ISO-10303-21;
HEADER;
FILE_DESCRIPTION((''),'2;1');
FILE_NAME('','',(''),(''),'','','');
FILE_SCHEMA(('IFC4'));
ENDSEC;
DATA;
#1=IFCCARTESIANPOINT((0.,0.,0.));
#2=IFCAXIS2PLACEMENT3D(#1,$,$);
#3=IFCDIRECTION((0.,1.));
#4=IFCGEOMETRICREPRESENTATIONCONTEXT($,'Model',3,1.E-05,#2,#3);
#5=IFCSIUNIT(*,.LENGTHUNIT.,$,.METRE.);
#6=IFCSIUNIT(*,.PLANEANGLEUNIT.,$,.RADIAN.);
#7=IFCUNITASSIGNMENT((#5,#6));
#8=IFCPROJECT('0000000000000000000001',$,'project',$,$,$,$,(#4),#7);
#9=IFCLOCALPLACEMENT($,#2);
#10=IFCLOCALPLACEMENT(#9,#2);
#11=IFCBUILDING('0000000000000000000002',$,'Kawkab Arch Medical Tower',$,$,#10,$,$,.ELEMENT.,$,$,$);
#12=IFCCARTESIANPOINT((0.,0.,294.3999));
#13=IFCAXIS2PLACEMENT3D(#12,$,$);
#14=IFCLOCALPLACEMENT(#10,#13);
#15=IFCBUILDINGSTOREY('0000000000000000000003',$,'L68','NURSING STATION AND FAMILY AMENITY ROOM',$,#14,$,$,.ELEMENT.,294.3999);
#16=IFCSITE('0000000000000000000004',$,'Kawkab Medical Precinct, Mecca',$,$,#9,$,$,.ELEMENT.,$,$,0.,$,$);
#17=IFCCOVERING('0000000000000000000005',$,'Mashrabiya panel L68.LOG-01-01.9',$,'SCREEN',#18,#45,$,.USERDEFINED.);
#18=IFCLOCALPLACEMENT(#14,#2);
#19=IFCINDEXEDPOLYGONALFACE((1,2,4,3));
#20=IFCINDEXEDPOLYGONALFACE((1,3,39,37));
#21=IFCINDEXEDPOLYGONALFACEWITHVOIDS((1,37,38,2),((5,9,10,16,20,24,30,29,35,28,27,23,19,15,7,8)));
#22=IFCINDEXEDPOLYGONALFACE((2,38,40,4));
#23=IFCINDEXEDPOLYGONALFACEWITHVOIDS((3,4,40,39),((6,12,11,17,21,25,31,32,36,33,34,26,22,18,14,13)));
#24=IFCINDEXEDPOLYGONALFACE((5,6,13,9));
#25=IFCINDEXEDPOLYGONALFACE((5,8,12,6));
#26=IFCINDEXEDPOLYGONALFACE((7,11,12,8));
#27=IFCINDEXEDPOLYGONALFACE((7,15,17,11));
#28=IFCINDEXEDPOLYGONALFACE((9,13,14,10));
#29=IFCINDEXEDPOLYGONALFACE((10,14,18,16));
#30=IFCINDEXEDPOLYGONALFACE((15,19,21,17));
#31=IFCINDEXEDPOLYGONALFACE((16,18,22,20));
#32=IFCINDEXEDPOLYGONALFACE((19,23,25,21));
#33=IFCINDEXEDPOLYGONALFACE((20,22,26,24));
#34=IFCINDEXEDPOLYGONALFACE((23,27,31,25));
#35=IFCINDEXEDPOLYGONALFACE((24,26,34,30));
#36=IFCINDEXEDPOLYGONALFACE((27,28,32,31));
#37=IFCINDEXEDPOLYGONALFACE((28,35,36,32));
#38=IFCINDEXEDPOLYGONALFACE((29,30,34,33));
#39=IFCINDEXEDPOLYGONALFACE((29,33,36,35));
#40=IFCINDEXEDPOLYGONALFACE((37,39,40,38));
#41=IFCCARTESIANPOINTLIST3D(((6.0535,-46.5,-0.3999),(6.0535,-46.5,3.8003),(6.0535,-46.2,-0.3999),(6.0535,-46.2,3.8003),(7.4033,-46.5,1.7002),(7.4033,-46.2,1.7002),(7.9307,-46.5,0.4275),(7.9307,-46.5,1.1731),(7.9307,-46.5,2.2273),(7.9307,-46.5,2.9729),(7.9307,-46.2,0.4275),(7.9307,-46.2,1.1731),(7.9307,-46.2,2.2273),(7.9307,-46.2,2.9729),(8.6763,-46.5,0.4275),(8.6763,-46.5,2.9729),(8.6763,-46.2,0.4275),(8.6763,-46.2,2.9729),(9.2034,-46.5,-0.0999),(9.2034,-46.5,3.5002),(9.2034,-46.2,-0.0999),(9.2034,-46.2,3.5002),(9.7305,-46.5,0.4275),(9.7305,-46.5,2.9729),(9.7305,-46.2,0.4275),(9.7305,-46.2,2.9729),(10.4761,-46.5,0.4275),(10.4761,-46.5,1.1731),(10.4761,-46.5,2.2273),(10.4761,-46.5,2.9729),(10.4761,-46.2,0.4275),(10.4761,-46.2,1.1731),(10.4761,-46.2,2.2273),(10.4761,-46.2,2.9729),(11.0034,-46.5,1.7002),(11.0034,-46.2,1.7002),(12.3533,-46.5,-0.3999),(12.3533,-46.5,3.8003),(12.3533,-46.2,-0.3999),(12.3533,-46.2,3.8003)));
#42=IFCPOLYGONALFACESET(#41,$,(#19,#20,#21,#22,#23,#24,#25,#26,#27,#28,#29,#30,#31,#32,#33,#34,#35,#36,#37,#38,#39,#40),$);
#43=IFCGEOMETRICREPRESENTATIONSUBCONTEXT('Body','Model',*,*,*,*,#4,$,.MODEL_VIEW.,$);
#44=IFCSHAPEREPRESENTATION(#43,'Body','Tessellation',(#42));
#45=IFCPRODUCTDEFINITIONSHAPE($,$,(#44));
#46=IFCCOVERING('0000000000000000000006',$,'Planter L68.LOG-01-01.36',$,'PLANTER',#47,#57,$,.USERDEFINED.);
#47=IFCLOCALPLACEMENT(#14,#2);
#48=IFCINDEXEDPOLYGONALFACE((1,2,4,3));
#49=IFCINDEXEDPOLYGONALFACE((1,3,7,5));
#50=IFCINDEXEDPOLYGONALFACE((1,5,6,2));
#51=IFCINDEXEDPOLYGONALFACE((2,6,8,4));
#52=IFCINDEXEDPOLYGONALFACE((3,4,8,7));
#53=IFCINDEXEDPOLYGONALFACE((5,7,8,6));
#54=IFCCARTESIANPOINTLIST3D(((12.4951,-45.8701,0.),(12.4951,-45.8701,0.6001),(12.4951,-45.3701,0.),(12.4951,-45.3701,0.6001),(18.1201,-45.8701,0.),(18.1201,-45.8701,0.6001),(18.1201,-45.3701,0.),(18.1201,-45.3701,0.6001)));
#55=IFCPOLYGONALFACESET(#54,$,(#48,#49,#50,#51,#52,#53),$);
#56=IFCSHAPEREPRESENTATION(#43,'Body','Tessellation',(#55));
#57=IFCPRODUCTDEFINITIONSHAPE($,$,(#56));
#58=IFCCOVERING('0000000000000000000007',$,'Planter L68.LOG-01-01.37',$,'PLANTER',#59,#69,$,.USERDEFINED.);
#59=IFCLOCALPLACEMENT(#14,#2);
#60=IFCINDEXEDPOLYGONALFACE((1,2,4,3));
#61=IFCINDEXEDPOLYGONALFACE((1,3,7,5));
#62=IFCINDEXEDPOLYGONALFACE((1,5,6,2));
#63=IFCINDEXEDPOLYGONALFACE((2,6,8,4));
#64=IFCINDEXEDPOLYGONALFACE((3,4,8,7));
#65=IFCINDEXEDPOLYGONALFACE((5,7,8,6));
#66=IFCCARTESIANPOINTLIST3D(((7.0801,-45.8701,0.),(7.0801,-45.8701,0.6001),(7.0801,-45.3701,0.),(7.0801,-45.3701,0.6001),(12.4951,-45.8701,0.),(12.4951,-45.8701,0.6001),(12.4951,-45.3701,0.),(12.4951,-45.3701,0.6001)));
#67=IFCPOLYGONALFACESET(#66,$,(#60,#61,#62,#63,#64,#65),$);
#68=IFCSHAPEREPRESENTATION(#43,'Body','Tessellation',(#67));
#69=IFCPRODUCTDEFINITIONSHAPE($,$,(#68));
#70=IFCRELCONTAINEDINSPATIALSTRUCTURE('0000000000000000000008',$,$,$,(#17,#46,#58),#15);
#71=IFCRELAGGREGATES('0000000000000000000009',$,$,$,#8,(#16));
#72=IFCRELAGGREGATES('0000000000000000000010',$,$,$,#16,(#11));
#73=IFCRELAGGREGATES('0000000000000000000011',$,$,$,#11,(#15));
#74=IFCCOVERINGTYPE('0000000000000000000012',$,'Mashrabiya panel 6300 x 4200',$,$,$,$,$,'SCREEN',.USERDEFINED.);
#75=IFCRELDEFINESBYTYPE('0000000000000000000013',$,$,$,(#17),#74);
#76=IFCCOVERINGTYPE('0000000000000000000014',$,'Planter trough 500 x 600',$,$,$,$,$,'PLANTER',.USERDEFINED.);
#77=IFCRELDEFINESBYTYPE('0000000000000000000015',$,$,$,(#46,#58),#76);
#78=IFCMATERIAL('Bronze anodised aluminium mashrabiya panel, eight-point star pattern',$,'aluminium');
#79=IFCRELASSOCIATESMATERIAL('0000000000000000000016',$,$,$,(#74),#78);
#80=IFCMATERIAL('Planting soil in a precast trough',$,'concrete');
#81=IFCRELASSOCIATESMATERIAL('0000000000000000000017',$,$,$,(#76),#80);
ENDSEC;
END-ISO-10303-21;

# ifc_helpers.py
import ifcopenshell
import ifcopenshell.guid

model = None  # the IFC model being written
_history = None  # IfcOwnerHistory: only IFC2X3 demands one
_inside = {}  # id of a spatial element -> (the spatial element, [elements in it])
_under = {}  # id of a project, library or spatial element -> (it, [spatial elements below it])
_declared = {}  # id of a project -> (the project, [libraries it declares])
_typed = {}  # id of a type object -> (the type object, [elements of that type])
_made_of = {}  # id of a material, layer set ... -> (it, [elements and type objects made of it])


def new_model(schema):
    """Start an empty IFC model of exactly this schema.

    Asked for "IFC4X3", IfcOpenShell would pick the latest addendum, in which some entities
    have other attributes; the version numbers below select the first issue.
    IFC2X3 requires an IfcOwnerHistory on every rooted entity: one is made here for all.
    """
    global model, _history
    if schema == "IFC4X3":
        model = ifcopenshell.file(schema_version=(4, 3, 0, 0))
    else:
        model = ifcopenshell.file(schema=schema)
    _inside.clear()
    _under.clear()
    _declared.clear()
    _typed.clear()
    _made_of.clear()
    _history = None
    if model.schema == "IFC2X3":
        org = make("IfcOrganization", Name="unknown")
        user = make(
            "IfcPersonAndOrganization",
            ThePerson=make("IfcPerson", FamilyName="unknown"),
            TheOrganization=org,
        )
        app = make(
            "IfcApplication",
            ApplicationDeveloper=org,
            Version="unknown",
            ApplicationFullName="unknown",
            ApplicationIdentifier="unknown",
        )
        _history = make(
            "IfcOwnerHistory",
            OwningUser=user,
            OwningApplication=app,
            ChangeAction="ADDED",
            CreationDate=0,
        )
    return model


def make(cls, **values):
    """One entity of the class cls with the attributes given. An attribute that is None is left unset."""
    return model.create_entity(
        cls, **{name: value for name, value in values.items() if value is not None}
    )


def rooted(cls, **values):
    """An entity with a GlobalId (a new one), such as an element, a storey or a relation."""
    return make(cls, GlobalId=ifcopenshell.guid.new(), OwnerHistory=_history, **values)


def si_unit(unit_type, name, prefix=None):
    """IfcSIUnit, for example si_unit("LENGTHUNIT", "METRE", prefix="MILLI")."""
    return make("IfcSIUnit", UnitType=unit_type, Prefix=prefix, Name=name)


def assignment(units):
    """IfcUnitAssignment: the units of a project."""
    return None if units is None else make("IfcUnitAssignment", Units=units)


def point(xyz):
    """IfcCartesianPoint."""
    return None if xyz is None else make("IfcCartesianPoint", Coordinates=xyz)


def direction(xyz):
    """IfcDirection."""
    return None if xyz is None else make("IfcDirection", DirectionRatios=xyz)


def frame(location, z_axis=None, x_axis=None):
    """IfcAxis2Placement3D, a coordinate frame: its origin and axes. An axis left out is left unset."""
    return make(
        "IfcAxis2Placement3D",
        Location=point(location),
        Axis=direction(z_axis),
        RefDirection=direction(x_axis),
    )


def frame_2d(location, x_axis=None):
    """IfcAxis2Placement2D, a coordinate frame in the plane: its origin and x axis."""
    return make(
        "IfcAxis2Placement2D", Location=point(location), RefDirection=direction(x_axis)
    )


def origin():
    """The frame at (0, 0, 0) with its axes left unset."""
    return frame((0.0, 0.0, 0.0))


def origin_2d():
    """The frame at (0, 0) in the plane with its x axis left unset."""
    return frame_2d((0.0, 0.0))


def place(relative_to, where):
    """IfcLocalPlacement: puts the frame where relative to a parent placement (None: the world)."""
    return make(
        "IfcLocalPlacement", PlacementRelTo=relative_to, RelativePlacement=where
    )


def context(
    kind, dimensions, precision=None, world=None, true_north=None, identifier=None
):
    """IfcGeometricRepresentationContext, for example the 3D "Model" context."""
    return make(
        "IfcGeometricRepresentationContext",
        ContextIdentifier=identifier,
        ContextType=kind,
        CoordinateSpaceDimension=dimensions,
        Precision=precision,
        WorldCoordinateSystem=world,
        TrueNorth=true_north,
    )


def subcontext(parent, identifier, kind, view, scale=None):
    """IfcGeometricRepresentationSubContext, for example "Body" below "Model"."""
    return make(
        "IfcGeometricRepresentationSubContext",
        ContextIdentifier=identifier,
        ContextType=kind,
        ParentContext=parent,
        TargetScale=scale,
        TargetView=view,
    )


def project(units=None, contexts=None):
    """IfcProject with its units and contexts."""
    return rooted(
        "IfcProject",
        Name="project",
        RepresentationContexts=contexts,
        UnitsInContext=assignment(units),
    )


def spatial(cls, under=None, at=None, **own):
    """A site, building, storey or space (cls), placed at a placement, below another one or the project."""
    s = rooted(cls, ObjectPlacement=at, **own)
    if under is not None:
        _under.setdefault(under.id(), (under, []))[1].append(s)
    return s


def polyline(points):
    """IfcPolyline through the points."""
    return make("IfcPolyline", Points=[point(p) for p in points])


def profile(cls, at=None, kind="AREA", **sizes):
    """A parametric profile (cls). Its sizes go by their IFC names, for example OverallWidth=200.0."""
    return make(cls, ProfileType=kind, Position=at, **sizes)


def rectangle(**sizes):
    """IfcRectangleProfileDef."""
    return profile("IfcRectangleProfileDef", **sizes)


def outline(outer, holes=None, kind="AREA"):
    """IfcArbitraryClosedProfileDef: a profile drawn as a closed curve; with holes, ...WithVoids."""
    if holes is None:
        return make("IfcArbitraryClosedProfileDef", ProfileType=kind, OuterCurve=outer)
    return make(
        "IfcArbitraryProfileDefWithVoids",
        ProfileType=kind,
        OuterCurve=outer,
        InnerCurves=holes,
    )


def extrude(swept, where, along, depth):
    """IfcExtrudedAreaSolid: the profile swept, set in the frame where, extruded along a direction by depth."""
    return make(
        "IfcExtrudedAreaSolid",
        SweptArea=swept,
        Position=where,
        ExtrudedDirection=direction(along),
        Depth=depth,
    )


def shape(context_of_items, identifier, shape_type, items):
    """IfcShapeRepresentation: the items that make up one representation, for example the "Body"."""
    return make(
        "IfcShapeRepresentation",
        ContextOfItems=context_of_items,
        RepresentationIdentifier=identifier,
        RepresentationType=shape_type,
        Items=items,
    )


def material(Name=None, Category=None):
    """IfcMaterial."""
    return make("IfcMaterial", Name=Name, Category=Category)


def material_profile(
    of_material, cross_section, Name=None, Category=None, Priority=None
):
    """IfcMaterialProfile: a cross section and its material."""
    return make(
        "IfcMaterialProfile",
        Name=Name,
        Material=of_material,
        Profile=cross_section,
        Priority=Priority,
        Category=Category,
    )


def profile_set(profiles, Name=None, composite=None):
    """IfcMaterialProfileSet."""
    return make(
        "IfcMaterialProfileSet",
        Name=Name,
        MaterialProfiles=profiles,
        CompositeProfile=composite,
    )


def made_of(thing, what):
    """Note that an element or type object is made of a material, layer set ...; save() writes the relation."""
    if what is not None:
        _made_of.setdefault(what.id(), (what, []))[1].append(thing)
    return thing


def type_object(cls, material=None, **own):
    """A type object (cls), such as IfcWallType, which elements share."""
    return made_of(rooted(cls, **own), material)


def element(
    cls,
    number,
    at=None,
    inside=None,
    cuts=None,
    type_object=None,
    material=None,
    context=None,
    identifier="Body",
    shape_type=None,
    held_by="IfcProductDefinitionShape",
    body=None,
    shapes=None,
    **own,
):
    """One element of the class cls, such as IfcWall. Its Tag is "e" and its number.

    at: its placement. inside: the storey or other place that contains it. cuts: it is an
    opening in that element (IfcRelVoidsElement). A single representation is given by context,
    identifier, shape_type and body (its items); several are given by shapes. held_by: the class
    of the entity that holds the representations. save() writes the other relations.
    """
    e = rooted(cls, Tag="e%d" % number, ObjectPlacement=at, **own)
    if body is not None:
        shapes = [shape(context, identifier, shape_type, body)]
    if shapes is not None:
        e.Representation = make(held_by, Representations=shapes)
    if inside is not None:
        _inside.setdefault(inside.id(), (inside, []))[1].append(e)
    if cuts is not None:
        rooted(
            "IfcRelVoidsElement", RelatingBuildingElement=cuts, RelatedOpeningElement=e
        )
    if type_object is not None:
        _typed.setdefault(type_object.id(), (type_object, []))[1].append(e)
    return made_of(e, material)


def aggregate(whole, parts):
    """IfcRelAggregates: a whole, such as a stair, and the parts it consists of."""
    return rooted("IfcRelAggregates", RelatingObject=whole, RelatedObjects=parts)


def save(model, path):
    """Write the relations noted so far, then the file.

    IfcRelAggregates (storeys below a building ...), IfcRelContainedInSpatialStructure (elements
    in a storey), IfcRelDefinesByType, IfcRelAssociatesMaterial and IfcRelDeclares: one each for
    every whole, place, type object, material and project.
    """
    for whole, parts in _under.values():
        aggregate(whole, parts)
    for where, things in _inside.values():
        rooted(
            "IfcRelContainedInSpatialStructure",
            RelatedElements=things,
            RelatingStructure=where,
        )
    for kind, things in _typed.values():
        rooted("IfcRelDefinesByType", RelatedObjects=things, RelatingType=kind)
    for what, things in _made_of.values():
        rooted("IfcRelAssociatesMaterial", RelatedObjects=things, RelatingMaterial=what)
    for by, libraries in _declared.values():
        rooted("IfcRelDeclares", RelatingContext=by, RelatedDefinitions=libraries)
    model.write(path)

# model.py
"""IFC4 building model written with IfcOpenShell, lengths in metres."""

from ifc_helpers import new_model, si_unit, direction, frame, origin, origin_2d, place, context, subcontext, project, spatial, polyline, rectangle, outline, extrude, material, material_profile, profile_set, type_object, element, save


model = new_model("IFC4")

# Units and contexts
model_context = context("Model", 3, precision=1e-05, world=origin(), true_north=direction((0.0, 1.0)))
body_context = subcontext(model_context, "Body", "Model", "MODEL_VIEW")
ifc_project = project(units=[si_unit("LENGTHUNIT", "METRE"), si_unit("PLANEANGLEUNIT", "RADIAN")], contexts=[model_context])

# Site, building, storey
site_placement = place(None, origin())
site = spatial("IfcSite", under=ifc_project, at=site_placement, Name="Kawkab Medical Precinct, Mecca", CompositionType="ELEMENT", RefElevation=0.0)
building_placement = place(site_placement, origin())
building = spatial("IfcBuilding", under=site, at=building_placement, Name="Kawkab Arch Medical Tower", CompositionType="ELEMENT")
storey_placement = place(building_placement, frame((0.0, 0.0, 294.3999)))
storey = spatial("IfcBuildingStorey", under=building, at=storey_placement, Name="L68", Description="NURSING STATION AND FAMILY AMENITY ROOM", CompositionType="ELEMENT", Elevation=294.3999)

# Coverings
ifc_material_1 = material(Name="Bronze anodised aluminium mashrabiya panel, eight-point star pattern", Category="aluminium")
ifc_material_profile_1 = material_profile(ifc_material_1, outline(polyline([(-3.1499, -2.1001), (3.1499, -2.1001), (3.1499, 2.1001), (-3.1499, 2.1001), (-3.1499, -2.1001)]), holes=[polyline([(1.8, 0.0), (1.2727, 0.5271), (1.2727, 1.2727), (0.5271, 1.2727), (0.0, 1.8), (-0.5271, 1.2727), (-1.2727, 1.2727), (-1.2727, 0.5271), (-1.8, 0.0), (-1.2727, -0.5271), (-1.2727, -1.2727), (-0.5271, -1.2727), (0.0, -1.8), (0.5271, -1.2727), (1.2727, -1.2727), (1.2727, -0.5271), (1.8, 0.0)])]), Name="Mashrabiya panel 6300x4200")
ifc_profile_set_1 = profile_set([ifc_material_profile_1], Name="Bronze anodised aluminium mashrabiya panel, eight-point star pattern")
covering_type_1 = type_object("IfcCoveringType", Name="Mashrabiya panel 6300 x 4200", ElementType="SCREEN", PredefinedType="USERDEFINED", material=ifc_profile_set_1)
covering_1_placement = place(storey_placement, frame((9.2034, -46.2, 1.7002), z_axis=(0.0, -1.0, 0.0), x_axis=(1.0, 0.0, 0.0)))
element("IfcCovering", 1, at=covering_1_placement, inside=storey, type_object=covering_type_1, Name="Mashrabiya panel L68.LOG-01-01.9", ObjectType="SCREEN", PredefinedType="USERDEFINED", context=body_context, shape_type="SweptSolid", body=[
    extrude(outline(polyline([(-3.1499, -2.1001), (3.1499, -2.1001), (3.1499, 2.1001), (-3.1499, 2.1001), (-3.1499, -2.1001)]), holes=[polyline([(1.8, 0.0), (1.2727, 0.5271), (1.2727, 1.2727), (0.5271, 1.2727), (0.0, 1.8), (-0.5271, 1.2727), (-1.2727, 1.2727), (-1.2727, 0.5271), (-1.8, 0.0), (-1.2727, -0.5271), (-1.2727, -1.2727), (-0.5271, -1.2727), (0.0, -1.8), (0.5271, -1.2727), (1.2727, -1.2727), (1.2727, -0.5271), (1.8, 0.0)])]), origin(), (0.0, 0.0, 1.0), 0.3),
])
ifc_material_2 = material(Name="Planting soil in a precast trough", Category="concrete")
ifc_material_profile_2 = material_profile(ifc_material_2, rectangle(XDim=0.5, YDim=0.6001, at=origin_2d()), Name="Trough 500x600")
ifc_profile_set_2 = profile_set([ifc_material_profile_2], Name="Planting soil in a precast trough")
covering_type_2 = type_object("IfcCoveringType", Name="Planter trough 500 x 600", ElementType="PLANTER", PredefinedType="USERDEFINED", material=ifc_profile_set_2)
covering_2_placement = place(storey_placement, frame((18.1201, -45.6201, 0.3), z_axis=(-1.0, 0.0, 0.0), x_axis=(0.0, -1.0, 0.0)))
element("IfcCovering", 2, at=covering_2_placement, inside=storey, type_object=covering_type_2, Name="Planter L68.LOG-01-01.36", ObjectType="PLANTER", PredefinedType="USERDEFINED", context=body_context, shape_type="SweptSolid", body=[
    extrude(rectangle(XDim=0.5, YDim=0.6001, at=origin_2d()), origin(), (0.0, 0.0, 1.0), 5.625),
])
covering_3_placement = place(storey_placement, frame((12.4951, -45.6201, 0.3), z_axis=(-1.0, 0.0, 0.0), x_axis=(0.0, -1.0, 0.0)))
element("IfcCovering", 3, at=covering_3_placement, inside=storey, type_object=covering_type_2, Name="Planter L68.LOG-01-01.37", ObjectType="PLANTER", PredefinedType="USERDEFINED", context=body_context, shape_type="SweptSolid", body=[
    extrude(rectangle(XDim=0.5, YDim=0.6001, at=origin_2d()), origin(), (0.0, 0.0, 1.0), 5.415),
])

save(model, "model.ifc")
